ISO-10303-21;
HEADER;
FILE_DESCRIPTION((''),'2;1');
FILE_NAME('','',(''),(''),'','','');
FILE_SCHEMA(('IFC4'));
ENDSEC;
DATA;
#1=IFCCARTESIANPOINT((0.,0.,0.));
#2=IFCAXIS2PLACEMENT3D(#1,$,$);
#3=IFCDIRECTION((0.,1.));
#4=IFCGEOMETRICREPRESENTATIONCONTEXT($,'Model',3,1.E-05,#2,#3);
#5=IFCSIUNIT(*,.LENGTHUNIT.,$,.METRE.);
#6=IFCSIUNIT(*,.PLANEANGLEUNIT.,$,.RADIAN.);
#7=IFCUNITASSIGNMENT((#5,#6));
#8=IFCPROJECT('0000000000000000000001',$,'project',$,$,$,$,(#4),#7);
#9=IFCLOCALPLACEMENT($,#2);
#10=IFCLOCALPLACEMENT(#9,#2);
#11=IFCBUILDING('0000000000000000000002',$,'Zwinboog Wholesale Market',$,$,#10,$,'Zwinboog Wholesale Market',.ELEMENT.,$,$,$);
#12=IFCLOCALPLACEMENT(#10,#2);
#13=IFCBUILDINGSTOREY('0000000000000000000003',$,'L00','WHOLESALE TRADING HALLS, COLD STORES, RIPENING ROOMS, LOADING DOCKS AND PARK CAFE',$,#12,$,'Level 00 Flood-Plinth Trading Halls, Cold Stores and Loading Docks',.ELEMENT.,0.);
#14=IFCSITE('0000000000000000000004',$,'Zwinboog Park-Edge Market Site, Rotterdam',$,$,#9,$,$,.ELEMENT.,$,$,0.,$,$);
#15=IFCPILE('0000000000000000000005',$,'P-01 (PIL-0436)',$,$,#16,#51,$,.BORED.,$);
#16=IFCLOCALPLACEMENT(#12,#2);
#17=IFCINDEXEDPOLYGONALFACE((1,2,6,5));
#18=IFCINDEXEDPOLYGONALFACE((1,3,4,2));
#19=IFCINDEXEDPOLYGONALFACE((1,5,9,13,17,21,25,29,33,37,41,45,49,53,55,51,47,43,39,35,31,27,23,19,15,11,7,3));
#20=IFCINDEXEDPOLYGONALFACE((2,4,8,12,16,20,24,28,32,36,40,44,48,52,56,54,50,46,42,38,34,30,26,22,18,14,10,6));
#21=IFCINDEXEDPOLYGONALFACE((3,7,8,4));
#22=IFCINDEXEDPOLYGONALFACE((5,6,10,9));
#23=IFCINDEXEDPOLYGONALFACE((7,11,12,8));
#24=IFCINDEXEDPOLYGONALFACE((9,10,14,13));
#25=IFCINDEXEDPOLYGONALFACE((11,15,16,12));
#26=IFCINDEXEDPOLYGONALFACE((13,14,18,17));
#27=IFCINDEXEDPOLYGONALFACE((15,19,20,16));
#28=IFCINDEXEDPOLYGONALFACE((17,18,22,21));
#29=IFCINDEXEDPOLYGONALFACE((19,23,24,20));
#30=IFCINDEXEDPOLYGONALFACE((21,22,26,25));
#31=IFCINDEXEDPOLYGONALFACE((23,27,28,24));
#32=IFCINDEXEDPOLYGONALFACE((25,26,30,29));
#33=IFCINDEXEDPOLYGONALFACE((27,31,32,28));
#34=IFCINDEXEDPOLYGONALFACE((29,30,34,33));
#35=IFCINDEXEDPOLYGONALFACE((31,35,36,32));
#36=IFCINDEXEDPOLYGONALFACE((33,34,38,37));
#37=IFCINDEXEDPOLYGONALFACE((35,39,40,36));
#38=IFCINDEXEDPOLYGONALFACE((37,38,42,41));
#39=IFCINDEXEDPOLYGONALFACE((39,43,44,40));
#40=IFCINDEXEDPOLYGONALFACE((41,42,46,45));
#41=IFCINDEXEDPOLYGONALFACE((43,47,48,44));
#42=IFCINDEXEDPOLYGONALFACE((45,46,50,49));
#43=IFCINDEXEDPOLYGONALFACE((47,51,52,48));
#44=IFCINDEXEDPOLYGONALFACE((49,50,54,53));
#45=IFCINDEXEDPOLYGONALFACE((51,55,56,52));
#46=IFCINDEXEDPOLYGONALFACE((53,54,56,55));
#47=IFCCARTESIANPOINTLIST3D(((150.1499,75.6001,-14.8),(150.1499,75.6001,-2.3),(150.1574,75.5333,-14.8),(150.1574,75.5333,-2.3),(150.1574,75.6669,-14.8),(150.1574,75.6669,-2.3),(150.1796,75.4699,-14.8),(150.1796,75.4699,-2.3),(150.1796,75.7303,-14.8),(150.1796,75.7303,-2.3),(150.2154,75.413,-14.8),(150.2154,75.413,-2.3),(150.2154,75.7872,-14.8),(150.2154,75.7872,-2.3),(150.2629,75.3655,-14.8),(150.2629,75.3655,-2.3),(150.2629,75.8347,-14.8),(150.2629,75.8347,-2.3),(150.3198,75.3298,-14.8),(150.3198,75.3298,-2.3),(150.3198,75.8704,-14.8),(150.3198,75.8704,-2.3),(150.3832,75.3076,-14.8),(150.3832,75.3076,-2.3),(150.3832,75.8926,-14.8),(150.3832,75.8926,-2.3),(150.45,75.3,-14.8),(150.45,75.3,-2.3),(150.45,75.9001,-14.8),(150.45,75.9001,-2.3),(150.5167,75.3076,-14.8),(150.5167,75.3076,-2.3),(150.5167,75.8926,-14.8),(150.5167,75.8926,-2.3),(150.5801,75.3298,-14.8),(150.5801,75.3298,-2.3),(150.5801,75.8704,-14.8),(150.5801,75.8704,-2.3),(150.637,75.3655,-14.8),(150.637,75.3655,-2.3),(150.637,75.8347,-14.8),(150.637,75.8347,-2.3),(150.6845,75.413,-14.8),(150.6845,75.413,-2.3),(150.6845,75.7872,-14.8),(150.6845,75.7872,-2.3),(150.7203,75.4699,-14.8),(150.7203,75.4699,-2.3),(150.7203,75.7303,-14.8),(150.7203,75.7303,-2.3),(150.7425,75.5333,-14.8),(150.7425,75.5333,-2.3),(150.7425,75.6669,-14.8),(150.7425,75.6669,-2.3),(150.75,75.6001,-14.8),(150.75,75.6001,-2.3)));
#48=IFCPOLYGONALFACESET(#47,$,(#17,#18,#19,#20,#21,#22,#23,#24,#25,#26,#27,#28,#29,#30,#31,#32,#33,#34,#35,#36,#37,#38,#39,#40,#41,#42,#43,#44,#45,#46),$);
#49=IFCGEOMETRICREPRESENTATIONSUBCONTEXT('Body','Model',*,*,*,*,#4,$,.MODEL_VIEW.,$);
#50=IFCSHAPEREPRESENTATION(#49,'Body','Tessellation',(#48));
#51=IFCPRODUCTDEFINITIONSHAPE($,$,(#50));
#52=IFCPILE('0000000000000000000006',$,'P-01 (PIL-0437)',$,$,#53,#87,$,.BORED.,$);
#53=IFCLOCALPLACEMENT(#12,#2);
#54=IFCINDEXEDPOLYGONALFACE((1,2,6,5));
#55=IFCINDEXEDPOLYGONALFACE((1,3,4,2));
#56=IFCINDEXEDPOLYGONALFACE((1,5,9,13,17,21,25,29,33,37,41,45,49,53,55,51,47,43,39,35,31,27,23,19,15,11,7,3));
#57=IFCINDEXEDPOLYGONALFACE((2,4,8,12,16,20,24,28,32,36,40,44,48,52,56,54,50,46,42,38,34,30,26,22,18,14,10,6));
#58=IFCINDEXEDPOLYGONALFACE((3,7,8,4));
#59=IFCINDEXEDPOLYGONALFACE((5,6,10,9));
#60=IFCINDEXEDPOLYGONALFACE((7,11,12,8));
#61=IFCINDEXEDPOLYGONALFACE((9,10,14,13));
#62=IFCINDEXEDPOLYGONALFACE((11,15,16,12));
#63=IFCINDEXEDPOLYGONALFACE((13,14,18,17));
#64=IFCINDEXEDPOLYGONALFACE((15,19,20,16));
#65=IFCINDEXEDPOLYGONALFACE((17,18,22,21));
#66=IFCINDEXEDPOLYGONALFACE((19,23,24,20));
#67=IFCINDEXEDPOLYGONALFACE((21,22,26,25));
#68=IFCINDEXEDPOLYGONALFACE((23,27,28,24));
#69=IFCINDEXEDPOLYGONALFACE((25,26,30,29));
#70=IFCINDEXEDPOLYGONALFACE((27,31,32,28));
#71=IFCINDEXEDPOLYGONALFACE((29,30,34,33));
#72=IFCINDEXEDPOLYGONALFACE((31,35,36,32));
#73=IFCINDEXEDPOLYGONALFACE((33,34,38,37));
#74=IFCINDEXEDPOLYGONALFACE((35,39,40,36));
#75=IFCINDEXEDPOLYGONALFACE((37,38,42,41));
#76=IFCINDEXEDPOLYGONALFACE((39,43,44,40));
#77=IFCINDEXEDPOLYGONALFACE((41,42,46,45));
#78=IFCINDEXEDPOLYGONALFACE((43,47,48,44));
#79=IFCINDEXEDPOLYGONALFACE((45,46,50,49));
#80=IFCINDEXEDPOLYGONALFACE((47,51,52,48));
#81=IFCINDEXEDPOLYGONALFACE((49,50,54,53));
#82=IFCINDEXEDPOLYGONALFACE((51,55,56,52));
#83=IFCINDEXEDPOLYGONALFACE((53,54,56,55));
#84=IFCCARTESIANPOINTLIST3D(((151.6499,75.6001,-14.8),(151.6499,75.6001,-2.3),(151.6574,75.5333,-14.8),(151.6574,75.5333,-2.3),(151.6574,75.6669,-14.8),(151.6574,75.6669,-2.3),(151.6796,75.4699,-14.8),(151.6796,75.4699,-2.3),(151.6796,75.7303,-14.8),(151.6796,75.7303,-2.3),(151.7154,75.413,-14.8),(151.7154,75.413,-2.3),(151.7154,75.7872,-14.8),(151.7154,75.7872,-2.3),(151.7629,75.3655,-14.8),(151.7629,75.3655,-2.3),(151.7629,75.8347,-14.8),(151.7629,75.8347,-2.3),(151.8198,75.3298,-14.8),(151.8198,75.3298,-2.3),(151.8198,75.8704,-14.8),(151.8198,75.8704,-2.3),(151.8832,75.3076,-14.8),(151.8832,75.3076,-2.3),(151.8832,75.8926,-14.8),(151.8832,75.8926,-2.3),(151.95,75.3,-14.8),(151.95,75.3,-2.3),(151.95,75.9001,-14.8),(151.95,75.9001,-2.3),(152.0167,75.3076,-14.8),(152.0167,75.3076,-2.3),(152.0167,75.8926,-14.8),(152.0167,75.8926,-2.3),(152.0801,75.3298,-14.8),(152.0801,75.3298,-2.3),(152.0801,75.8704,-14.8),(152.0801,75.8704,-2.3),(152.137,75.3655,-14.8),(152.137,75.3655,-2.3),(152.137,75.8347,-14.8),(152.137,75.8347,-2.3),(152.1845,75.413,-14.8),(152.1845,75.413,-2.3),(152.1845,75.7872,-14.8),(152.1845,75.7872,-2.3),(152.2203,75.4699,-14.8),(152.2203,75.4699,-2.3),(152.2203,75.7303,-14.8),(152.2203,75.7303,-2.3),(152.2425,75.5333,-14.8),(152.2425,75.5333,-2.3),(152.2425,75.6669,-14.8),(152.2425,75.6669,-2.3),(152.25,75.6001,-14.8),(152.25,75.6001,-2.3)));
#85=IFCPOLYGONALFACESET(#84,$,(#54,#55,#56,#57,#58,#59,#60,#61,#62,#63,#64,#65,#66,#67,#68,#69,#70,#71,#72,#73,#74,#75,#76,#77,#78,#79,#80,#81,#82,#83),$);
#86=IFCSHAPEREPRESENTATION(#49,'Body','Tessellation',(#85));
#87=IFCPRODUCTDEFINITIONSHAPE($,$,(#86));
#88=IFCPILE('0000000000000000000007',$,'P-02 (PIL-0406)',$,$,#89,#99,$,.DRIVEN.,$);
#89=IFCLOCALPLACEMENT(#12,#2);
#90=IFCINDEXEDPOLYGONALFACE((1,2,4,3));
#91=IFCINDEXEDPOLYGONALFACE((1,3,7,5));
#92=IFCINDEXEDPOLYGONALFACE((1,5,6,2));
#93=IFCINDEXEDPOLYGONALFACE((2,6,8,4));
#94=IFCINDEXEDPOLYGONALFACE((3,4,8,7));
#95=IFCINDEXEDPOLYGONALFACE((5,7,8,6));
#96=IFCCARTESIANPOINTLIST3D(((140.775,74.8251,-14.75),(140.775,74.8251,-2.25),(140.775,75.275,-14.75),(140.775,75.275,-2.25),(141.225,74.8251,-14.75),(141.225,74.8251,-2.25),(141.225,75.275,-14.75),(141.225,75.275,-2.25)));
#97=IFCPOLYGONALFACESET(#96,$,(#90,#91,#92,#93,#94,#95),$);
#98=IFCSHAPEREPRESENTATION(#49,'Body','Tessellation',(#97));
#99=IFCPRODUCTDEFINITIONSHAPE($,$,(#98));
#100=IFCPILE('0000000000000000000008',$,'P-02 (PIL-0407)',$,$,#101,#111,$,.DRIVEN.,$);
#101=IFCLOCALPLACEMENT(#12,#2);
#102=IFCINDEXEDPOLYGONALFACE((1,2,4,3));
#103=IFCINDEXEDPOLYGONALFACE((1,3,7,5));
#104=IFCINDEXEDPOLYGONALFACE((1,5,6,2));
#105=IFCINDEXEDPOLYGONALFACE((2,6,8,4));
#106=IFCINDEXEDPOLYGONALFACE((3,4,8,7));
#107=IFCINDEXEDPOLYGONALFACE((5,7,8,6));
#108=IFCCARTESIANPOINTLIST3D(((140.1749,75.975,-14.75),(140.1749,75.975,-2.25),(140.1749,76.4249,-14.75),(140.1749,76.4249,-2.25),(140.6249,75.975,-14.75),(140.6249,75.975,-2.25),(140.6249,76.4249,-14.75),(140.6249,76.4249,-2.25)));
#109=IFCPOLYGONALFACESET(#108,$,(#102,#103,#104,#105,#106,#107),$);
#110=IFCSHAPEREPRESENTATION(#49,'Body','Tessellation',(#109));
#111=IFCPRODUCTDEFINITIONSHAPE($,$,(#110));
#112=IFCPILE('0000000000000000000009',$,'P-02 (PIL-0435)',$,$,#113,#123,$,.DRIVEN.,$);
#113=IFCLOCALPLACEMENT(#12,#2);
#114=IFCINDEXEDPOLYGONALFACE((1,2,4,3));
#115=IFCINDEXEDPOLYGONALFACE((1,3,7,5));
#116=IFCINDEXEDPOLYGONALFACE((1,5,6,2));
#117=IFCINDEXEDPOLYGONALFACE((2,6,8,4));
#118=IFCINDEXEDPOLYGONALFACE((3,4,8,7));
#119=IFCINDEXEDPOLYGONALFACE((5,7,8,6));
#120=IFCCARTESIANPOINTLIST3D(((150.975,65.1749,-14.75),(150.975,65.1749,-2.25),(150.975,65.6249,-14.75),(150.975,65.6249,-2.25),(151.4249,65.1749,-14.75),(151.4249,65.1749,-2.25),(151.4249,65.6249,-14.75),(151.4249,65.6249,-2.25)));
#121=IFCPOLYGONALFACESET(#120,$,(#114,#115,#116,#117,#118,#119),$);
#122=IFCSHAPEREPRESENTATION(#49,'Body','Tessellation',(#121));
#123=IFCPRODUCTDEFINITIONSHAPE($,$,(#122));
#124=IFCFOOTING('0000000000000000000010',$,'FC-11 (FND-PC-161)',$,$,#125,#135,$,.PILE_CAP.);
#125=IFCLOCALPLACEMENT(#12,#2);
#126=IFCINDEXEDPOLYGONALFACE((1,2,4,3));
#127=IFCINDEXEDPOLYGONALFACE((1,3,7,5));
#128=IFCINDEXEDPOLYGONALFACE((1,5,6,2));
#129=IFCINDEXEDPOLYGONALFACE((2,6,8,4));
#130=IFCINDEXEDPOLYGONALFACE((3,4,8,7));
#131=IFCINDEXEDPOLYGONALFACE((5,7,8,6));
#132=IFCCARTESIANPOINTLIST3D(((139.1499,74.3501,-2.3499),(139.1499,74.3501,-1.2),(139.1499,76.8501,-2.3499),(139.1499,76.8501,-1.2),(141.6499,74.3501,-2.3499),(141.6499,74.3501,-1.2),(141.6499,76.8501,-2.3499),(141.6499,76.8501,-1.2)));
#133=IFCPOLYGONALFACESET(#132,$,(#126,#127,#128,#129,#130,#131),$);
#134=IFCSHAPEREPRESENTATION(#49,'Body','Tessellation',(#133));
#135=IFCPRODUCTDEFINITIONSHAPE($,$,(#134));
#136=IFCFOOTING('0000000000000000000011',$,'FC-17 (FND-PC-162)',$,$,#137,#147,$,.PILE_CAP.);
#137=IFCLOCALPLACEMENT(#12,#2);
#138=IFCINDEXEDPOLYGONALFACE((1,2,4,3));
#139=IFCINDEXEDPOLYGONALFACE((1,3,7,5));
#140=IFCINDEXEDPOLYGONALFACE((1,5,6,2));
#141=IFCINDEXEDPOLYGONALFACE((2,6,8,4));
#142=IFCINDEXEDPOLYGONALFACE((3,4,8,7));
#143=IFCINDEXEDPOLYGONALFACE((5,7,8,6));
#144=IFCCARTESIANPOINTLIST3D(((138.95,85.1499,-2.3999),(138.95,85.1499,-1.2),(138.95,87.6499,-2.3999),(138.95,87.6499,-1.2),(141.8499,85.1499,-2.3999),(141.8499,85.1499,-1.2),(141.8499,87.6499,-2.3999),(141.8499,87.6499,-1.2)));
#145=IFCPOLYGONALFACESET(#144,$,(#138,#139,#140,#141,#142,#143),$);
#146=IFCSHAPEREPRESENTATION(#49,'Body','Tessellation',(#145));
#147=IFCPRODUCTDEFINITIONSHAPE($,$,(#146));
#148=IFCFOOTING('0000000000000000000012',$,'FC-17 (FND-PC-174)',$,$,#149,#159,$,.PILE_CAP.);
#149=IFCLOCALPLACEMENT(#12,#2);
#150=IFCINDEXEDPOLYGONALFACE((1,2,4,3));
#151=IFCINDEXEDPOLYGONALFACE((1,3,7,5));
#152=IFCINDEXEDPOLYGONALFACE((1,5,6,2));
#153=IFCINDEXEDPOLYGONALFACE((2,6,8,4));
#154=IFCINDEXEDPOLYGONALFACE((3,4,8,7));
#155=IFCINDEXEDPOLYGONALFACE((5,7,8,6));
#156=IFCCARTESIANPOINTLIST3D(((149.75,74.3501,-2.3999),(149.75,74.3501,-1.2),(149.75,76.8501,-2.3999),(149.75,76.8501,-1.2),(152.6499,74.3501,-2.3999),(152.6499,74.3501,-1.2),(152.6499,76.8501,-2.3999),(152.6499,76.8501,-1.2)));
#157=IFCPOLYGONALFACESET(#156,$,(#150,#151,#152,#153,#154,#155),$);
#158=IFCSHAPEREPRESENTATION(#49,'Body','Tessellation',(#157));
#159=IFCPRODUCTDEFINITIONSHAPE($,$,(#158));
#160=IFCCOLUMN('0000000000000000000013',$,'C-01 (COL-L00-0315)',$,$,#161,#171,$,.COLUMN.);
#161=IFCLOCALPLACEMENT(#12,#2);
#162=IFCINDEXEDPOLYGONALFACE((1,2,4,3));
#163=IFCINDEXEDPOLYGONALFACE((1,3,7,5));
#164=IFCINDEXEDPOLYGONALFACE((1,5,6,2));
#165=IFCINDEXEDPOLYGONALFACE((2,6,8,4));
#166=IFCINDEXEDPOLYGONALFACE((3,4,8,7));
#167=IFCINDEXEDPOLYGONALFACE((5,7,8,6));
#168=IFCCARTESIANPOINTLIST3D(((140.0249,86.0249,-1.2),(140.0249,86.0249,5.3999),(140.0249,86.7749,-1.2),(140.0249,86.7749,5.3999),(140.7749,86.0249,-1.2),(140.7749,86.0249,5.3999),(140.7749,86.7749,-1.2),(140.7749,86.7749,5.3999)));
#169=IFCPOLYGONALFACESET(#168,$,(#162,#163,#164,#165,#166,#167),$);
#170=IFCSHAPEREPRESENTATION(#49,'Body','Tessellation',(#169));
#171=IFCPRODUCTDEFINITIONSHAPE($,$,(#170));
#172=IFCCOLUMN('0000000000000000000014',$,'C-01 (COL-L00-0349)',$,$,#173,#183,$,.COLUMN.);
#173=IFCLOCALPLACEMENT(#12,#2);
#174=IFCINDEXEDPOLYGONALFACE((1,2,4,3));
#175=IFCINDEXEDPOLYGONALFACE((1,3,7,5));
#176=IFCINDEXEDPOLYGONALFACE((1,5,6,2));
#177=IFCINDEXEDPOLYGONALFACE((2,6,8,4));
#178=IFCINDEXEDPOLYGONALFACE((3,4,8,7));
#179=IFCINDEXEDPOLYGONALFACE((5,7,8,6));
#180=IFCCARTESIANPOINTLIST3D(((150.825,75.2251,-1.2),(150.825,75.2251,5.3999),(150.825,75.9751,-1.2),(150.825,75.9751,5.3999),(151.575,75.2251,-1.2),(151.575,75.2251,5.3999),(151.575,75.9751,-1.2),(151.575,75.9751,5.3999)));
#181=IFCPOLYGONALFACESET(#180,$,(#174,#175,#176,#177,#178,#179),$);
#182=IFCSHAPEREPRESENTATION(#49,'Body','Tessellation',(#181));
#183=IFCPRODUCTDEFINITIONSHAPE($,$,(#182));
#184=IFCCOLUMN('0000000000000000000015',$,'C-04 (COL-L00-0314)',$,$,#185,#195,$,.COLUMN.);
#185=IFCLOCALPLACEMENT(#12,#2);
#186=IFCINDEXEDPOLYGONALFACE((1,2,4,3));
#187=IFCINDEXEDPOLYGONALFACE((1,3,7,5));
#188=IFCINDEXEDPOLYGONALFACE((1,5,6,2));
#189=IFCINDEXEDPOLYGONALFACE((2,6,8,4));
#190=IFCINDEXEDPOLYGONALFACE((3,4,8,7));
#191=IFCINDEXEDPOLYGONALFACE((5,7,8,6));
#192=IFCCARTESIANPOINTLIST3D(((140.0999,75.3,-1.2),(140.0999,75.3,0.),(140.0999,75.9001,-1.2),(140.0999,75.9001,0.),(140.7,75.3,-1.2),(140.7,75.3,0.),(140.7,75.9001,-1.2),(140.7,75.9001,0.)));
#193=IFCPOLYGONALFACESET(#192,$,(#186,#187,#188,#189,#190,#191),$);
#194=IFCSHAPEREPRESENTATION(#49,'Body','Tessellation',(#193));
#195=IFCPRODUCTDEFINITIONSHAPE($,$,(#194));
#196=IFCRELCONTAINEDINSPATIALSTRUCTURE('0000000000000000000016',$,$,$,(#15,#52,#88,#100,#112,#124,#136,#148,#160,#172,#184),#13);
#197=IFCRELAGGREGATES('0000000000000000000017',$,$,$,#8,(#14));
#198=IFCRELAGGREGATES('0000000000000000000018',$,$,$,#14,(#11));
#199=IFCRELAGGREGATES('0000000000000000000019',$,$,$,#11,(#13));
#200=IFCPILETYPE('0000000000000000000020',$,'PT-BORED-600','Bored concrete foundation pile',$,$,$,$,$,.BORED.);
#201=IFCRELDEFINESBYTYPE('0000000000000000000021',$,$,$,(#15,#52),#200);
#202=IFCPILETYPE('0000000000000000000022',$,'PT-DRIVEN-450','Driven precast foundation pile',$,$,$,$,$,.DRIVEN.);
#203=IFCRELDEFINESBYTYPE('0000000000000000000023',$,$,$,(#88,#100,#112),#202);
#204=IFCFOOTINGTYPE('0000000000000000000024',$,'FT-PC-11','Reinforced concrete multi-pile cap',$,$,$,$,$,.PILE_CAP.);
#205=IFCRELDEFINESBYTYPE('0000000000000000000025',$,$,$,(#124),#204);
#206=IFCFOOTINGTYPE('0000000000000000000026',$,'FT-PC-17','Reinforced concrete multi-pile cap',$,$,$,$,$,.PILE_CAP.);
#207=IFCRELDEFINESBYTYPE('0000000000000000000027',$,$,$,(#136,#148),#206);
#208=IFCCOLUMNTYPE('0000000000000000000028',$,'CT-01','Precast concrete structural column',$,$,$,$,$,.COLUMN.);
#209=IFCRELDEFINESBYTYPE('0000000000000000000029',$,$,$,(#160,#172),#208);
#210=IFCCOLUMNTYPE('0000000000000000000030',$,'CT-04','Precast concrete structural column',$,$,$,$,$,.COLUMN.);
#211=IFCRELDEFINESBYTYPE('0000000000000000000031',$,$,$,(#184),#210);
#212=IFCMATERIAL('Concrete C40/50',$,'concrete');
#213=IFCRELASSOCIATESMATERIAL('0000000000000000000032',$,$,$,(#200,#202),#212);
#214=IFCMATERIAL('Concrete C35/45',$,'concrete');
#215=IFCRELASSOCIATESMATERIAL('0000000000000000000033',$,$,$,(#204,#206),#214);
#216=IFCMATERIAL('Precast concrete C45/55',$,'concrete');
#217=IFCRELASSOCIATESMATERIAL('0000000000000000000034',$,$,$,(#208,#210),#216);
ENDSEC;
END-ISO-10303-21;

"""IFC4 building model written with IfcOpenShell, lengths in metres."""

from ifc_helpers import new_model, si_unit, direction, frame, origin, origin_2d, place, context, subcontext, project, spatial, rectangle, circle, extrude, material, material_profile, profile_set, type_object, element, save


model = new_model("IFC4")

# Units and contexts
model_context = context("Model", 3, precision=1e-05, world=origin(), true_north=direction((0.0, 1.0)))
body_context = subcontext(model_context, "Body", "Model", "MODEL_VIEW")
ifc_project = project(units=[si_unit("LENGTHUNIT", "METRE"), si_unit("PLANEANGLEUNIT", "RADIAN")], contexts=[model_context])

# Site, building, storey
site_placement = place(None, origin())
site = spatial("IfcSite", under=ifc_project, at=site_placement, Name="Zwinboog Park-Edge Market Site, Rotterdam", CompositionType="ELEMENT", RefElevation=0.0)
building_placement = place(site_placement, origin())
building = spatial("IfcBuilding", under=site, at=building_placement, Name="Zwinboog Wholesale Market", LongName="Zwinboog Wholesale Market", CompositionType="ELEMENT")
storey_placement = place(building_placement, origin())
storey = spatial("IfcBuildingStorey", under=building, at=storey_placement, Name="L00", Description="WHOLESALE TRADING HALLS, COLD STORES, RIPENING ROOMS, LOADING DOCKS AND PARK CAFE", LongName="Level 00 Flood-Plinth Trading Halls, Cold Stores and Loading Docks", CompositionType="ELEMENT", Elevation=0.0)

# Piles
ifc_material_1 = material(Name="Concrete C40/50", Category="concrete")
ifc_material_profile_1 = material_profile(ifc_material_1, circle(Radius=0.3, at=origin_2d()), Name="PILE D600")
ifc_profile_set_1 = profile_set([ifc_material_profile_1], Name="Concrete C40/50")
pile_type_1 = type_object("IfcPileType", Name="PT-BORED-600", Description="Bored concrete foundation pile", PredefinedType="BORED", material=ifc_profile_set_1)
for number, where, z_axis, x_axis, name in (
    (1, (150.45, 75.6001, -2.3), (0.0, 0.0, -1.0), (1.0, 0.0, 0.0), "P-01 (PIL-0436)"),
    (2, (151.95, 75.6001, -2.3), (0.0, 0.0, -1.0), (1.0, 0.0, 0.0), "P-01 (PIL-0437)"),
):
    element("IfcPile", number, at=place(storey_placement, frame(where, z_axis=z_axis, x_axis=x_axis)), inside=storey, type_object=pile_type_1, Name=name, PredefinedType="BORED", context=body_context, shape_type="SweptSolid", body=[
        extrude(circle(Radius=0.3, at=origin_2d()), origin(), (0.0, 0.0, 1.0), 12.5),
    ])
ifc_material_profile_2 = material_profile(ifc_material_1, rectangle(XDim=0.45, YDim=0.45, at=origin_2d()), Name="PILE SQ450")
ifc_profile_set_2 = profile_set([ifc_material_profile_2], Name="Concrete C40/50")
pile_type_2 = type_object("IfcPileType", Name="PT-DRIVEN-450", Description="Driven precast foundation pile", PredefinedType="DRIVEN", material=ifc_profile_set_2)
for number, where, z_axis, x_axis, name in (
    (3, (141.0, 75.05, -2.25), (0.0, 0.0, -1.0), (1.0, 0.0, 0.0), "P-02 (PIL-0406)"),
    (4, (140.3999, 76.2, -2.25), (0.0, 0.0, -1.0), (1.0, 0.0, 0.0), "P-02 (PIL-0407)"),
    (5, (151.2, 65.3999, -2.25), (0.0, 0.0, -1.0), (1.0, 0.0, 0.0), "P-02 (PIL-0435)"),
):
    element("IfcPile", number, at=place(storey_placement, frame(where, z_axis=z_axis, x_axis=x_axis)), inside=storey, type_object=pile_type_2, Name=name, PredefinedType="DRIVEN", context=body_context, shape_type="SweptSolid", body=[
        extrude(rectangle(XDim=0.45, YDim=0.45, at=origin_2d()), origin(), (0.0, 0.0, 1.0), 12.5),
    ])

# Footings
ifc_material_2 = material(Name="Concrete C35/45", Category="concrete")
footing_type_1 = type_object("IfcFootingType", Name="FT-PC-11", Description="Reinforced concrete multi-pile cap", PredefinedType="PILE_CAP", material=ifc_material_2)
footing_placement = place(storey_placement, frame((140.3999, 75.6001, -2.3499), z_axis=(0.0, 0.0, 1.0), x_axis=(1.0, 0.0, 0.0)))
element("IfcFooting", 6, at=footing_placement, inside=storey, type_object=footing_type_1, Name="FC-11 (FND-PC-161)", PredefinedType="PILE_CAP", context=body_context, shape_type="SweptSolid", body=[
    extrude(rectangle(XDim=2.5, YDim=2.5, at=origin_2d()), origin(), (0.0, 0.0, 1.0), 1.1499),
])
footing_type_2 = type_object("IfcFootingType", Name="FT-PC-17", Description="Reinforced concrete multi-pile cap", PredefinedType="PILE_CAP", material=ifc_material_2)
for number, where, z_axis, x_axis, name in (
    (7, (140.3999, 86.3999, -2.3999), (0.0, 0.0, 1.0), (1.0, 0.0, 0.0), "FC-17 (FND-PC-162)"),
    (8, (151.2, 75.6001, -2.3999), (0.0, 0.0, 1.0), (1.0, 0.0, 0.0), "FC-17 (FND-PC-174)"),
):
    element("IfcFooting", number, at=place(storey_placement, frame(where, z_axis=z_axis, x_axis=x_axis)), inside=storey, type_object=footing_type_2, Name=name, PredefinedType="PILE_CAP", context=body_context, shape_type="SweptSolid", body=[
        extrude(rectangle(XDim=2.8999, YDim=2.5, at=origin_2d()), origin(), (0.0, 0.0, 1.0), 1.2),
    ])

# Columns
ifc_material_3 = material(Name="Precast concrete C45/55", Category="concrete")
ifc_material_profile_3 = material_profile(ifc_material_3, rectangle(XDim=0.75, YDim=0.75, at=origin_2d()), Name="PC 750x750")
ifc_profile_set_3 = profile_set([ifc_material_profile_3], Name="Precast concrete C45/55")
column_type_1 = type_object("IfcColumnType", Name="CT-01", Description="Precast concrete structural column", PredefinedType="COLUMN", material=ifc_profile_set_3)
for number, where, z_axis, x_axis, name in (
    (9, (140.3999, 86.3999, -1.2), (0.0, 0.0, 1.0), (1.0, 0.0, 0.0), "C-01 (COL-L00-0315)"),
    (10, (151.2, 75.6001, -1.2), (0.0, 0.0, 1.0), (1.0, 0.0, 0.0), "C-01 (COL-L00-0349)"),
):
    element("IfcColumn", number, at=place(storey_placement, frame(where, z_axis=z_axis, x_axis=x_axis)), inside=storey, type_object=column_type_1, Name=name, PredefinedType="COLUMN", context=body_context, shape_type="SweptSolid", body=[
        extrude(rectangle(XDim=0.75, YDim=0.75, at=origin_2d()), origin(), (0.0, 0.0, 1.0), 6.5999),
    ])
ifc_material_profile_4 = material_profile(ifc_material_3, rectangle(XDim=0.6001, YDim=0.6001, at=origin_2d()), Name="PC 600x600")
ifc_profile_set_4 = profile_set([ifc_material_profile_4], Name="Precast concrete C45/55")
column_type_2 = type_object("IfcColumnType", Name="CT-04", Description="Precast concrete structural column", PredefinedType="COLUMN", material=ifc_profile_set_4)
column_placement = place(storey_placement, frame((140.3999, 75.6001, -1.2), z_axis=(0.0, 0.0, 1.0), x_axis=(1.0, 0.0, 0.0)))
element("IfcColumn", 11, at=column_placement, inside=storey, type_object=column_type_2, Name="C-04 (COL-L00-0314)", PredefinedType="COLUMN", context=body_context, shape_type="SweptSolid", body=[
    extrude(rectangle(XDim=0.6001, YDim=0.6001, at=origin_2d()), origin(), (0.0, 0.0, 1.0), 1.2),
])

save(model, "model.ifc")
